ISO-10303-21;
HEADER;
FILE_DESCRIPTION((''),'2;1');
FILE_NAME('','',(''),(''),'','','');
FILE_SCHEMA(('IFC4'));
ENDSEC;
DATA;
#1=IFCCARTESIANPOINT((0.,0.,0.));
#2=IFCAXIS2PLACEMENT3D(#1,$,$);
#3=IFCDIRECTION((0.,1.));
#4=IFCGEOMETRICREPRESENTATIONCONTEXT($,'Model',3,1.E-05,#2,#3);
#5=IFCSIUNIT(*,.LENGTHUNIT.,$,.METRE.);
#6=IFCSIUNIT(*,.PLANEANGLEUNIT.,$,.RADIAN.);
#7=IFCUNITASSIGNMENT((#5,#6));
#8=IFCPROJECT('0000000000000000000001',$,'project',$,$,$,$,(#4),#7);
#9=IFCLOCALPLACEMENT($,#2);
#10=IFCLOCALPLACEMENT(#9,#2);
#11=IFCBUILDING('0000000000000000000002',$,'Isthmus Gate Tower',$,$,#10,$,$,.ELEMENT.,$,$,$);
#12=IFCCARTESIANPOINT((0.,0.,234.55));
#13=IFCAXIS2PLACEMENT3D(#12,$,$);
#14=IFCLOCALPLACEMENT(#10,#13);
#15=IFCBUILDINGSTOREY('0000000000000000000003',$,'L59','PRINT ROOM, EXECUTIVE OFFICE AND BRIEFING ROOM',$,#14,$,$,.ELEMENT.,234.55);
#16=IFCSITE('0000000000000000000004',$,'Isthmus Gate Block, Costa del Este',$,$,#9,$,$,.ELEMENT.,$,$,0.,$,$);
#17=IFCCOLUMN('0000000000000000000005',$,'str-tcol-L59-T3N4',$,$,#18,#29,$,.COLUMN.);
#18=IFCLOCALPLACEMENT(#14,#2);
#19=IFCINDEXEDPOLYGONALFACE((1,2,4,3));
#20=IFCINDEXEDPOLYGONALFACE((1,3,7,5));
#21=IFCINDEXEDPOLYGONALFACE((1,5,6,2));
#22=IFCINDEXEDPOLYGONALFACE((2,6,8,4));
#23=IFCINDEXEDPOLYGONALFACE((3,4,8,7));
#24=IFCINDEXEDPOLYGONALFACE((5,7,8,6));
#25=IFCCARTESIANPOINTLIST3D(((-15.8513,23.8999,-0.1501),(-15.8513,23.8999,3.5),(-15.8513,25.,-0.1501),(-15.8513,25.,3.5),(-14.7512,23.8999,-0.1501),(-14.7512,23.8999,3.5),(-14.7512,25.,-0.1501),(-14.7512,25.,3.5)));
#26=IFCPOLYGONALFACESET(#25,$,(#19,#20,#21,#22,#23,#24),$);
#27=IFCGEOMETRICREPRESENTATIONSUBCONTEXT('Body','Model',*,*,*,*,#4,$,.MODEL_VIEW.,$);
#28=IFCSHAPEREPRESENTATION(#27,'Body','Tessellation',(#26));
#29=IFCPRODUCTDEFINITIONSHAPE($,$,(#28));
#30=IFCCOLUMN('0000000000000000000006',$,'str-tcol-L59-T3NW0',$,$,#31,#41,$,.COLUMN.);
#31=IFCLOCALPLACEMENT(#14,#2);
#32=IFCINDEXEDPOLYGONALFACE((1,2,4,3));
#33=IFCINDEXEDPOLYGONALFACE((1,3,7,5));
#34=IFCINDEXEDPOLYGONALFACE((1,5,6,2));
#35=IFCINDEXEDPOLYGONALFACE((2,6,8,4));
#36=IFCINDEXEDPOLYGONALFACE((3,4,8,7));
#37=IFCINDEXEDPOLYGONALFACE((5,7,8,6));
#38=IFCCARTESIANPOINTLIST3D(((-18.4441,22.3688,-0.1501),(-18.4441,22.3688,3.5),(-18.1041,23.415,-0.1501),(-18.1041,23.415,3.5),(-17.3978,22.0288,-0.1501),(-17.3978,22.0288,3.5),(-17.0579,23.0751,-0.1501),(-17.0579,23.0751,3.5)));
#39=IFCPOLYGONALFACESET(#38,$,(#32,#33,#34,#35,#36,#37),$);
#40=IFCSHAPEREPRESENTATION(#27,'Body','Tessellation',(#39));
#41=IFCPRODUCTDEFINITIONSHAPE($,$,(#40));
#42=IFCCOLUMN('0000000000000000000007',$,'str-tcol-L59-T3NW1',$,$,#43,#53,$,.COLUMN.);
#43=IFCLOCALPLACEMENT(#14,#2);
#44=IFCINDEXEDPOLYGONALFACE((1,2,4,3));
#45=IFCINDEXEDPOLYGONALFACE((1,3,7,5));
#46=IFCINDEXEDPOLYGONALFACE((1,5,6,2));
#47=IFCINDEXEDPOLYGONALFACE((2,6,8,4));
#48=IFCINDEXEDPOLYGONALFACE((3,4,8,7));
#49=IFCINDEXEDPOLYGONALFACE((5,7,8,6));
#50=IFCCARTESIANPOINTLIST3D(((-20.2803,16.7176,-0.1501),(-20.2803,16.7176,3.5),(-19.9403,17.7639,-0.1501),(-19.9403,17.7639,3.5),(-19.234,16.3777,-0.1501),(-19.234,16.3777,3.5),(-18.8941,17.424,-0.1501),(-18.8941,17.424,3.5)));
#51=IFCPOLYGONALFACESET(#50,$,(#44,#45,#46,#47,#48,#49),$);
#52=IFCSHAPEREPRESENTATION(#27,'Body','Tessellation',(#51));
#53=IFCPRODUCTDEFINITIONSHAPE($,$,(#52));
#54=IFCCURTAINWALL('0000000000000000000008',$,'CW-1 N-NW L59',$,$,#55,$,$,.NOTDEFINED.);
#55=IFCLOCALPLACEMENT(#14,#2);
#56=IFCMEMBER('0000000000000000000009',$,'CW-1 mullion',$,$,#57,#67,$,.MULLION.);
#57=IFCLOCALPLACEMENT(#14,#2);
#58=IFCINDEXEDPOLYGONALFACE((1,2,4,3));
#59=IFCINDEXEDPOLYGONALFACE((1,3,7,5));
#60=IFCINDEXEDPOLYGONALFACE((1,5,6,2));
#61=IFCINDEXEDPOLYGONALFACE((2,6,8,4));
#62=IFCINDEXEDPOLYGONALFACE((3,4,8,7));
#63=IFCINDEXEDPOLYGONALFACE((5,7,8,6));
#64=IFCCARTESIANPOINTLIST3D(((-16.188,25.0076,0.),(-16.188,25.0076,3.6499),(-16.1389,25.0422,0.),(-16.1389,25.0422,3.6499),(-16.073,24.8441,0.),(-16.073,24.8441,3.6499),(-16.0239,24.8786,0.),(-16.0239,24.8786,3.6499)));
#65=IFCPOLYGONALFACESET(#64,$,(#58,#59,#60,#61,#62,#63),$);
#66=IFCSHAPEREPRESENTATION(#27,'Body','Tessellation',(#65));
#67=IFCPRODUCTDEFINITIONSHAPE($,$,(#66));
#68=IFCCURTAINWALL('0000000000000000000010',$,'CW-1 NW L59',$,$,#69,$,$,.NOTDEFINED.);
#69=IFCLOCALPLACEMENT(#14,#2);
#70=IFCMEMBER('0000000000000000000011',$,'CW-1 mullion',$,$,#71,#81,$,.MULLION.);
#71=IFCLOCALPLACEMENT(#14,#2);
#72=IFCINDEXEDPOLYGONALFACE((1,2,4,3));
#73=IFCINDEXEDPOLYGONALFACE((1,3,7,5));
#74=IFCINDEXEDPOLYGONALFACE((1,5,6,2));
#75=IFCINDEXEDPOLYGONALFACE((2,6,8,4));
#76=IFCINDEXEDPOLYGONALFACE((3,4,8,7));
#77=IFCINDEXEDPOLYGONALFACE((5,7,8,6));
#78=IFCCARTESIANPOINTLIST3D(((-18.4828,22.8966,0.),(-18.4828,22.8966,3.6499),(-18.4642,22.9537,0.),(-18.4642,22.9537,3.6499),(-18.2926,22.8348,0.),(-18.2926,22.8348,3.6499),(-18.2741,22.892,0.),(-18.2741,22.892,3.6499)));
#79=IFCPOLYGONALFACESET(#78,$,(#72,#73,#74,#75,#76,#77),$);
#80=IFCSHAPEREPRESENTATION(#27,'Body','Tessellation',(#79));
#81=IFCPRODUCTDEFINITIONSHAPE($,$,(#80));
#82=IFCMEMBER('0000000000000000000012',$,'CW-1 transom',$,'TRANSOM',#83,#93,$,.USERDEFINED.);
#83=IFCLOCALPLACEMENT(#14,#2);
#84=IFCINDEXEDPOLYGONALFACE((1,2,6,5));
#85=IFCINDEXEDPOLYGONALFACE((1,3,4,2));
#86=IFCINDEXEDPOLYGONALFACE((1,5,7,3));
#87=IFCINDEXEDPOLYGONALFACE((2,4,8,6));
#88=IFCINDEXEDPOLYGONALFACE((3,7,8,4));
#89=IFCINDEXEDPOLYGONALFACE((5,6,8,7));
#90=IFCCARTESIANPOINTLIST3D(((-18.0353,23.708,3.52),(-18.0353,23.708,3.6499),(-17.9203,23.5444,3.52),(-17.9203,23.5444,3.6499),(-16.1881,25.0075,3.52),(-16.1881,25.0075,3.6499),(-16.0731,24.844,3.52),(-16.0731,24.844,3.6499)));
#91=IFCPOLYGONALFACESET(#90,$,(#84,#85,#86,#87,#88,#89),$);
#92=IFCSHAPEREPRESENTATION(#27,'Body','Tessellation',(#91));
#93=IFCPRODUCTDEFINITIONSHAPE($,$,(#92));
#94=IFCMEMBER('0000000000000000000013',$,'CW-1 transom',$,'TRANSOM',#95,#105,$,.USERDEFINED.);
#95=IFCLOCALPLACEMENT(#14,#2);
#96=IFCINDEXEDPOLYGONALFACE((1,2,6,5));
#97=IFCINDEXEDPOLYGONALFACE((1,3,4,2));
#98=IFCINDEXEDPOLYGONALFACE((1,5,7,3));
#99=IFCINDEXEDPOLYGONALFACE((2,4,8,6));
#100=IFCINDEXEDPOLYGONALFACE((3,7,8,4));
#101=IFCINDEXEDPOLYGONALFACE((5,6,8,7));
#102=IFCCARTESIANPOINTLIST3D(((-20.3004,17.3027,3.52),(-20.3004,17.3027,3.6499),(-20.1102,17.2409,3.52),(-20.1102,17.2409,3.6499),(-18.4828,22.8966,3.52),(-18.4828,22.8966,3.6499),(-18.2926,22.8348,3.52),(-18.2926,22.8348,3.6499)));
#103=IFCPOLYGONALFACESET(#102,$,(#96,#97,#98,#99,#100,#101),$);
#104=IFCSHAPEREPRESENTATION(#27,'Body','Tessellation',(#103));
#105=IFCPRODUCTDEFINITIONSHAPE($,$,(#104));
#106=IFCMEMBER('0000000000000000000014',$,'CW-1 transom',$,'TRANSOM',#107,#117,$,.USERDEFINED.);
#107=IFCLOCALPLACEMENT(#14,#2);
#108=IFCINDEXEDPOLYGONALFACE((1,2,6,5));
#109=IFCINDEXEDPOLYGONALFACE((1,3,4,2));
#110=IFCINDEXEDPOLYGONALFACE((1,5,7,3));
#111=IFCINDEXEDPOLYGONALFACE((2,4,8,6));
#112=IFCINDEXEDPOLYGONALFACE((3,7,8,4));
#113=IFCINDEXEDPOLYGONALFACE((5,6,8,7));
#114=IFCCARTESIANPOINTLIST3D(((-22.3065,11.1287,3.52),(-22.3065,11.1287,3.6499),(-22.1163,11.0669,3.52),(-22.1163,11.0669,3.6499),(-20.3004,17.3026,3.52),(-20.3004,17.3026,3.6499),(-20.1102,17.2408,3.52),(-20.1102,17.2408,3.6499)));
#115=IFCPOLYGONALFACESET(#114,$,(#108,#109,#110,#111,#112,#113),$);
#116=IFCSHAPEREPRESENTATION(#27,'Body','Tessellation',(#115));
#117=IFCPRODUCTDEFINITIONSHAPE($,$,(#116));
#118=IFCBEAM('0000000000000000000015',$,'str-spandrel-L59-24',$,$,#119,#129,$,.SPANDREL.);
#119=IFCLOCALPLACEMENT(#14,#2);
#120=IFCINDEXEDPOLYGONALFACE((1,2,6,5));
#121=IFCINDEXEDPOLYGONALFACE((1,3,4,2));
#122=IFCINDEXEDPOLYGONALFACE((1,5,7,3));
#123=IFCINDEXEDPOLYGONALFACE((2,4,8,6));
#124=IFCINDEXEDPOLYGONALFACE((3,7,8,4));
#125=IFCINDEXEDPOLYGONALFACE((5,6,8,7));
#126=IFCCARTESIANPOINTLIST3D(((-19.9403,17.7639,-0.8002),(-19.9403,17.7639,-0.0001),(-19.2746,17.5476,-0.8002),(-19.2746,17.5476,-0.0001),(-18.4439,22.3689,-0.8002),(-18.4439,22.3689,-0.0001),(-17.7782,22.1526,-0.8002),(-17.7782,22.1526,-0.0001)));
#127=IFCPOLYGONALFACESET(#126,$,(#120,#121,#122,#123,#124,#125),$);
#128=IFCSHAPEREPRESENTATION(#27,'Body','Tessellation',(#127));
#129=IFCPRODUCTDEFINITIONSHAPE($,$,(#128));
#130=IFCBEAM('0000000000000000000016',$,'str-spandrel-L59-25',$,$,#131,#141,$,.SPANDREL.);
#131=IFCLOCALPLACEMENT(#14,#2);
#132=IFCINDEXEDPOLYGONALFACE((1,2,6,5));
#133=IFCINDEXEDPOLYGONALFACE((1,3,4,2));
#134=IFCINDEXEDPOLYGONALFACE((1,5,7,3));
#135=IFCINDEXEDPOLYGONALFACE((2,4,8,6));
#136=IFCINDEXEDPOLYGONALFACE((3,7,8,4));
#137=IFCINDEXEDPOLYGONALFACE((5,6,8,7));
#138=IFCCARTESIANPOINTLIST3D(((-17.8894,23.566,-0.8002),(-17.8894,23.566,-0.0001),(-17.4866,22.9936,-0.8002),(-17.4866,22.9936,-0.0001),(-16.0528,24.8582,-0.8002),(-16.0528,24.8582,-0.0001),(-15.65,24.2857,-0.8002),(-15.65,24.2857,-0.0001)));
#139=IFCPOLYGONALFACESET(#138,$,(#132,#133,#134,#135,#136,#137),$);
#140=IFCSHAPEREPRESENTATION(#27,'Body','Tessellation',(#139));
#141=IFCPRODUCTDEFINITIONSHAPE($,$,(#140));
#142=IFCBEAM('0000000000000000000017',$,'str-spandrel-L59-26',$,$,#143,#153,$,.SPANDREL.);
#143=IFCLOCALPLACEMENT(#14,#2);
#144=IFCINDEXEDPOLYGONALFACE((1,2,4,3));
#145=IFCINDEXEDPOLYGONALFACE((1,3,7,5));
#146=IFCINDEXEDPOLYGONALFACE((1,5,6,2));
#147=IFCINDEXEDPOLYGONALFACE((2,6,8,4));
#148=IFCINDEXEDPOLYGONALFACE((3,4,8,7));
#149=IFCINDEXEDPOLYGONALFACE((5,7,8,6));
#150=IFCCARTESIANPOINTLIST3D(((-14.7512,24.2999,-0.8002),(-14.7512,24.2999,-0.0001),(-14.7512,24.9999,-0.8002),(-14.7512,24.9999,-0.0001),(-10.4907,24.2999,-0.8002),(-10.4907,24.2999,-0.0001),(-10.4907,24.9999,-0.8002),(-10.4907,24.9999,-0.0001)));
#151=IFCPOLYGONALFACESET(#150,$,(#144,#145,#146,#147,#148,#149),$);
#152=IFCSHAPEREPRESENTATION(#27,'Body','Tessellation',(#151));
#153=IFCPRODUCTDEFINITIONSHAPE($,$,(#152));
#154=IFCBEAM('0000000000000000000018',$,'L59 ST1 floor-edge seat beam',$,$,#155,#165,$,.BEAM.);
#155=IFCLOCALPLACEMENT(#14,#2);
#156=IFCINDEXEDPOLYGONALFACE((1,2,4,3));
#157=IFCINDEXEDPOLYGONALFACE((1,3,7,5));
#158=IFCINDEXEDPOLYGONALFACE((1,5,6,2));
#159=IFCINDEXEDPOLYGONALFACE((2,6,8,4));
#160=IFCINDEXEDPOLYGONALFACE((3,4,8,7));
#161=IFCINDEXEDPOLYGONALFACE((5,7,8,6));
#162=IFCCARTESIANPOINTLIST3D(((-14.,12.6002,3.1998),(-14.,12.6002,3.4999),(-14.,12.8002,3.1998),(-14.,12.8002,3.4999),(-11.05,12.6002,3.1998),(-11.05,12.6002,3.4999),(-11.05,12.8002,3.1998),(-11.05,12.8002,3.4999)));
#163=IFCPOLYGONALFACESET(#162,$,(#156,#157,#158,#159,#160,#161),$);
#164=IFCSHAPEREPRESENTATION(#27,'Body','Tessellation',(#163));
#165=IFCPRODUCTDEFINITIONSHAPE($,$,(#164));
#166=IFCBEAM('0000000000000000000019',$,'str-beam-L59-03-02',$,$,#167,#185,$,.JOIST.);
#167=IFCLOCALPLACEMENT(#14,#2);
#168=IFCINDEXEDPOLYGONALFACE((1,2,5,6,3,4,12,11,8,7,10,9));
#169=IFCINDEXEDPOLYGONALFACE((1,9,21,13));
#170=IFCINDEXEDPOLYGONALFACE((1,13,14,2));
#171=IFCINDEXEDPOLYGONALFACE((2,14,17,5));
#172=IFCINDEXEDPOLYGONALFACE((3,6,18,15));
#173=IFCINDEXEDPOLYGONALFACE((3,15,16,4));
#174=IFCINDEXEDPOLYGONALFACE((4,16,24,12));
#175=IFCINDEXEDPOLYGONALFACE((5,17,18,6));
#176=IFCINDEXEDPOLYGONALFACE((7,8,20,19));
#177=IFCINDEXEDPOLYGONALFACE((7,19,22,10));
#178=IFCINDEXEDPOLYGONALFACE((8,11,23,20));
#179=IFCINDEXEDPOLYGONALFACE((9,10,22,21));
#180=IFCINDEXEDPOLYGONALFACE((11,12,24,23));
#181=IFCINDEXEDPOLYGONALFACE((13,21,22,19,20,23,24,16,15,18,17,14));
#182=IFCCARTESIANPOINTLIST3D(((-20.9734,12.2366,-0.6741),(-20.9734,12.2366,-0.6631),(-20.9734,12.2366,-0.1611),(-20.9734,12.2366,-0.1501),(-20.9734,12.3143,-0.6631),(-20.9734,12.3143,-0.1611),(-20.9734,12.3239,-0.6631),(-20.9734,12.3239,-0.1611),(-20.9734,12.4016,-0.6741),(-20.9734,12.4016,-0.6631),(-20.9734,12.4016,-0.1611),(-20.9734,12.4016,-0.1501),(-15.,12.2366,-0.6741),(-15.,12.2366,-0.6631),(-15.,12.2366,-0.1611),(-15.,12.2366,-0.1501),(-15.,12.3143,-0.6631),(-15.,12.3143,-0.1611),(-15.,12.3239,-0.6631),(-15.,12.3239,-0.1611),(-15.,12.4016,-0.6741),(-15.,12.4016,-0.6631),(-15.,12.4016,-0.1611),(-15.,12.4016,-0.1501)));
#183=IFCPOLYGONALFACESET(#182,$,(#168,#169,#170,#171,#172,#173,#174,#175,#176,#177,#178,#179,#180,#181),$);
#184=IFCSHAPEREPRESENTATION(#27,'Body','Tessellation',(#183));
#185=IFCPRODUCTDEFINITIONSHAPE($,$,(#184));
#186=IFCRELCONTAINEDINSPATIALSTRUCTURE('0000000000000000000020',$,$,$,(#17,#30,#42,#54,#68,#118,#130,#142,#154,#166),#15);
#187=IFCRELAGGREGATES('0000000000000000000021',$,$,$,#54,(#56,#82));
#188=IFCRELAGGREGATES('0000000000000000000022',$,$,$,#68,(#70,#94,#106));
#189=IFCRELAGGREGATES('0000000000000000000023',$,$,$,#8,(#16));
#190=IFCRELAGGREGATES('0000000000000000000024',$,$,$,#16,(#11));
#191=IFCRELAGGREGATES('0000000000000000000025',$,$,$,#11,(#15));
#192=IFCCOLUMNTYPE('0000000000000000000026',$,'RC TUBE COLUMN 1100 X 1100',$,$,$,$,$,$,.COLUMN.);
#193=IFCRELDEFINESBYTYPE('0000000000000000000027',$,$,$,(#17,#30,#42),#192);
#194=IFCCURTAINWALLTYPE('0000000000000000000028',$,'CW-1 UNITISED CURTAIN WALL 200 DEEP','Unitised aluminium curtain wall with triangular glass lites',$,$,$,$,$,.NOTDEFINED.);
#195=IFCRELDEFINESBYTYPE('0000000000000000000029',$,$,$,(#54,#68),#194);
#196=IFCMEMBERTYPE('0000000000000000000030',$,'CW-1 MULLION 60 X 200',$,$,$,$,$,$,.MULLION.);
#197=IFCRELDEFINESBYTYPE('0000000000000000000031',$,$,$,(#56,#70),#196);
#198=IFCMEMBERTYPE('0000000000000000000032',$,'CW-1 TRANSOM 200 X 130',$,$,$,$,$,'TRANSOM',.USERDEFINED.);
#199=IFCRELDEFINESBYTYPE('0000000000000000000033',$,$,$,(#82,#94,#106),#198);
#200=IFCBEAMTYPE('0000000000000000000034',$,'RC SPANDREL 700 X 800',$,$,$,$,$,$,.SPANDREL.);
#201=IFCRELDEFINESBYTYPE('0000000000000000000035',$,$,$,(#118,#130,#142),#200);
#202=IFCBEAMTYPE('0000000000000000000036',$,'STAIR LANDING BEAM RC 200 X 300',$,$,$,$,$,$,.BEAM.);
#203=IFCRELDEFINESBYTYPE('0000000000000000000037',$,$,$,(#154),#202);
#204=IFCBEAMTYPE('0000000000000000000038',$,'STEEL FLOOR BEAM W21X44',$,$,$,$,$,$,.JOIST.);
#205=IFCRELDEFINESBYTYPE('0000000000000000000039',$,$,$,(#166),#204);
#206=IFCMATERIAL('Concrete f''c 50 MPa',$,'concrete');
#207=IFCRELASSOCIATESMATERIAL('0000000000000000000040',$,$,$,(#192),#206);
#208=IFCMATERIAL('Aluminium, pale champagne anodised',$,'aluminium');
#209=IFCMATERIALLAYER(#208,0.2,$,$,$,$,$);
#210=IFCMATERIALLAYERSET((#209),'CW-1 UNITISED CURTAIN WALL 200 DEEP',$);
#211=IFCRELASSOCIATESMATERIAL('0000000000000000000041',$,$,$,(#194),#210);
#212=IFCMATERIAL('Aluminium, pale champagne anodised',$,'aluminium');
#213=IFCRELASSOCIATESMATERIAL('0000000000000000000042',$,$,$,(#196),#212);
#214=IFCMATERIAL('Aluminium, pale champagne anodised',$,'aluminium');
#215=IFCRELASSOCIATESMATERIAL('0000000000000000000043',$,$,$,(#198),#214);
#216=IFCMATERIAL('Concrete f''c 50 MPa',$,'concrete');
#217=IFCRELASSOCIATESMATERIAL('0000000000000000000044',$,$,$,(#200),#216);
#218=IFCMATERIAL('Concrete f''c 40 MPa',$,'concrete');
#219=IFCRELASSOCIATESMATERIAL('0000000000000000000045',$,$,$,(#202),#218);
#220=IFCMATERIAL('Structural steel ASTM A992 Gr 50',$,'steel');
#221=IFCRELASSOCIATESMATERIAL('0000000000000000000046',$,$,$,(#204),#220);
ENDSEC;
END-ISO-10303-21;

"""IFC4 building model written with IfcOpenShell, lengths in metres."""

from ifc_helpers import new_model, si_unit, direction, frame, origin, origin_2d, place, context, subcontext, project, spatial, rectangle, i_section, extrude, material, layer, layer_set, material_profile, profile_set, type_object, element, aggregate, save


model = new_model("IFC4")

# Units and contexts
model_context = context("Model", 3, precision=1e-05, world=origin(), true_north=direction((0.0, 1.0)))
body_context = subcontext(model_context, "Body", "Model", "MODEL_VIEW")
ifc_project = project(units=[si_unit("LENGTHUNIT", "METRE"), si_unit("PLANEANGLEUNIT", "RADIAN")], contexts=[model_context])

# Site, building, storey
site_placement = place(None, origin())
site = spatial("IfcSite", under=ifc_project, at=site_placement, Name="Isthmus Gate Block, Costa del Este", CompositionType="ELEMENT", RefElevation=0.0)
building_placement = place(site_placement, origin())
building = spatial("IfcBuilding", under=site, at=building_placement, Name="Isthmus Gate Tower", CompositionType="ELEMENT")
storey_placement = place(building_placement, frame((0.0, 0.0, 234.55)))
storey = spatial("IfcBuildingStorey", under=building, at=storey_placement, Name="L59", Description="PRINT ROOM, EXECUTIVE OFFICE AND BRIEFING ROOM", CompositionType="ELEMENT", Elevation=234.55)

# Columns
ifc_material_1 = material(Name="Concrete f'c 50 MPa", Category="concrete")
ifc_material_profile_1 = material_profile(ifc_material_1, rectangle(XDim=1.1001, YDim=1.1001, at=origin_2d()), Name="RC 1100X1100")
ifc_profile_set_1 = profile_set([ifc_material_profile_1], Name="Concrete f'c 50 MPa")
column_type = type_object("IfcColumnType", Name="RC TUBE COLUMN 1100 X 1100", PredefinedType="COLUMN", material=ifc_profile_set_1)
for number, where, z_axis, x_axis, name in (
    (1, (-15.3013, 24.45, -0.1501), (0.0, 0.0, 1.0), (-1.0, 0.0, 0.0), "str-tcol-L59-T3N4"),
    (2, (-17.751, 22.7219, -0.1501), (0.0, 0.0, 1.0), (-0.309017, -0.951057, 0.0), "str-tcol-L59-T3NW0"),
    (3, (-19.5872, 17.0708, -0.1501), (0.0, 0.0, 1.0), (-0.309017, -0.951057, 0.0), "str-tcol-L59-T3NW1"),
):
    element("IfcColumn", number, at=place(storey_placement, frame(where, z_axis=z_axis, x_axis=x_axis)), inside=storey, type_object=column_type, Name=name, PredefinedType="COLUMN", context=body_context, shape_type="SweptSolid", body=[
        extrude(rectangle(XDim=1.1001, YDim=1.1001, at=origin_2d()), origin(), (0.0, 0.0, 1.0), 3.6501),
    ])

# Curtain walls, members
ifc_material_2 = material(Name="Aluminium, pale champagne anodised", Category="aluminium")
ifc_layer_1 = layer(ifc_material_2, 0.2)
ifc_layer_set_1 = layer_set([ifc_layer_1], Name="CW-1 UNITISED CURTAIN WALL 200 DEEP")
curtain_wall_type = type_object("IfcCurtainWallType", Name="CW-1 UNITISED CURTAIN WALL 200 DEEP", Description="Unitised aluminium curtain wall with triangular glass lites", PredefinedType="NOTDEFINED", material=ifc_layer_set_1)
curtain_wall_1_placement = place(storey_placement, origin())
curtain_wall_1 = element("IfcCurtainWall", 4, at=curtain_wall_1_placement, inside=storey, type_object=curtain_wall_type, Name="CW-1 N-NW L59", PredefinedType="NOTDEFINED")
ifc_material_3 = material(Name="Aluminium, pale champagne anodised", Category="aluminium")
ifc_material_profile_2 = material_profile(ifc_material_3, rectangle(XDim=0.0601, YDim=0.2, at=origin_2d()), Name="60x200")
ifc_profile_set_2 = profile_set([ifc_material_profile_2], Name="Aluminium, pale champagne anodised")
member_type_1 = type_object("IfcMemberType", Name="CW-1 MULLION 60 X 200", PredefinedType="MULLION", material=ifc_profile_set_2)
member_1_placement = place(storey_placement, frame((-16.106, 24.9431, 0.0), z_axis=(0.0, 0.0, 1.0), x_axis=(-0.81786, -0.575418, 0.0)))
member_1 = element("IfcMember", 5, at=member_1_placement, type_object=member_type_1, Name="CW-1 mullion", PredefinedType="MULLION", context=body_context, shape_type="SweptSolid", body=[
    extrude(rectangle(XDim=0.0601, YDim=0.2, at=origin_2d()), origin(), (0.0, 0.0, 1.0), 3.6499),
])
curtain_wall_2_placement = place(storey_placement, origin())
curtain_wall_2 = element("IfcCurtainWall", 6, at=curtain_wall_2_placement, inside=storey, type_object=curtain_wall_type, Name="CW-1 NW L59", PredefinedType="NOTDEFINED")
member_2_placement = place(storey_placement, frame((-18.3784, 22.8943, 0.0), z_axis=(0.0, 0.0, 1.0), x_axis=(-0.309017, -0.951057, 0.0)))
member_2 = element("IfcMember", 7, at=member_2_placement, type_object=member_type_1, Name="CW-1 mullion", PredefinedType="MULLION", context=body_context, shape_type="SweptSolid", body=[
    extrude(rectangle(XDim=0.0601, YDim=0.2, at=origin_2d()), origin(), (0.0, 0.0, 1.0), 3.6499),
])

# Members
ifc_material_4 = material(Name="Aluminium, pale champagne anodised", Category="aluminium")
ifc_material_profile_3 = material_profile(ifc_material_4, rectangle(XDim=0.2, YDim=0.1299, at=origin_2d()), Name="200x130")
ifc_profile_set_3 = profile_set([ifc_material_profile_3], Name="Aluminium, pale champagne anodised")
member_type_2 = type_object("IfcMemberType", Name="CW-1 TRANSOM 200 X 130", ElementType="TRANSOM", PredefinedType="USERDEFINED", material=ifc_profile_set_3)
member_3_placement = place(storey_placement, frame((-16.1306, 24.9258, 3.585), z_axis=(-0.817869, -0.575405, 0.0), x_axis=(0.575405, -0.817869, 0.0)))
member_3 = element("IfcMember", 8, at=member_3_placement, type_object=member_type_2, Name="CW-1 transom", ObjectType="TRANSOM", PredefinedType="USERDEFINED", context=body_context, shape_type="SweptSolid", body=[
    extrude(rectangle(XDim=0.2, YDim=0.1299, at=origin_2d()), origin(), (0.0, 0.0, 1.0), 2.2585),
])
member_4_placement = place(storey_placement, frame((-18.3877, 22.8657, 3.585), z_axis=(-0.309021, -0.951055, 0.0), x_axis=(0.951055, -0.309021, 0.0)))
member_4 = element("IfcMember", 9, at=member_4_placement, type_object=member_type_2, Name="CW-1 transom", ObjectType="TRANSOM", PredefinedType="USERDEFINED", context=body_context, shape_type="SweptSolid", body=[
    extrude(rectangle(XDim=0.2, YDim=0.1299, at=origin_2d()), origin(), (0.0, 0.0, 1.0), 5.8818),
])
member_5_placement = place(storey_placement, frame((-20.2053, 17.2717, 3.585), z_axis=(-0.309021, -0.951055, 0.0), x_axis=(0.951055, -0.309021, 0.0)))
member_5 = element("IfcMember", 10, at=member_5_placement, type_object=member_type_2, Name="CW-1 transom", ObjectType="TRANSOM", PredefinedType="USERDEFINED", context=body_context, shape_type="SweptSolid", body=[
    extrude(rectangle(XDim=0.2, YDim=0.1299, at=origin_2d()), origin(), (0.0, 0.0, 1.0), 6.4917),
])

# Beams
ifc_material_5 = material(Name="Concrete f'c 50 MPa", Category="concrete")
ifc_material_profile_4 = material_profile(ifc_material_5, rectangle(XDim=0.7, YDim=0.8, at=origin_2d()), Name="RC 700X800")
ifc_profile_set_4 = profile_set([ifc_material_profile_4], Name="Concrete f'c 50 MPa")
beam_type_1 = type_object("IfcBeamType", Name="RC SPANDREL 700 X 800", PredefinedType="SPANDREL", material=ifc_profile_set_4)
beam_1_placement = place(storey_placement, frame((-19.6074, 17.6558, -0.4001), z_axis=(0.309034, 0.951051, 0.0), x_axis=(-0.951051, 0.309034, 0.0)))
element("IfcBeam", 11, at=beam_1_placement, inside=storey, type_object=beam_type_1, Name="str-spandrel-L59-24", PredefinedType="SPANDREL", context=body_context, shape_type="SweptSolid", body=[
    extrude(rectangle(XDim=0.7, YDim=0.8, at=origin_2d()), origin(), (0.0, 0.0, 1.0), 4.842),
])
beam_2_placement = place(storey_placement, frame((-17.688, 23.2798, -0.4001), z_axis=(0.817856, 0.575423, 0.0), x_axis=(-0.575423, 0.817856, 0.0)))
element("IfcBeam", 12, at=beam_2_placement, inside=storey, type_object=beam_type_1, Name="str-spandrel-L59-25", PredefinedType="SPANDREL", context=body_context, shape_type="SweptSolid", body=[
    extrude(rectangle(XDim=0.7, YDim=0.8, at=origin_2d()), origin(), (0.0, 0.0, 1.0), 2.2456),
])
beam_3_placement = place(storey_placement, frame((-14.7512, 24.6499, -0.4001), z_axis=(1.0, 0.0, 0.0), x_axis=(0.0, 1.0, 0.0)))
element("IfcBeam", 13, at=beam_3_placement, inside=storey, type_object=beam_type_1, Name="str-spandrel-L59-26", PredefinedType="SPANDREL", context=body_context, shape_type="SweptSolid", body=[
    extrude(rectangle(XDim=0.7, YDim=0.8, at=origin_2d()), origin(), (0.0, 0.0, 1.0), 4.2605),
])
ifc_material_6 = material(Name="Concrete f'c 40 MPa", Category="concrete")
ifc_material_profile_5 = material_profile(ifc_material_6, rectangle(XDim=0.2, YDim=0.3, at=origin_2d()), Name="STAIR LANDING BEAM RC 200 X 300")
ifc_profile_set_5 = profile_set([ifc_material_profile_5], Name="Concrete f'c 40 MPa")
beam_type_2 = type_object("IfcBeamType", Name="STAIR LANDING BEAM RC 200 X 300", PredefinedType="BEAM", material=ifc_profile_set_5)
beam_4_placement = place(storey_placement, frame((-14.0, 12.7002, 3.3499), z_axis=(1.0, 0.0, 0.0), x_axis=(0.0, 1.0, 0.0)))
element("IfcBeam", 14, at=beam_4_placement, inside=storey, type_object=beam_type_2, Name="L59 ST1 floor-edge seat beam", PredefinedType="BEAM", context=body_context, shape_type="SweptSolid", body=[
    extrude(rectangle(XDim=0.2, YDim=0.3, at=origin_2d()), origin(), (0.0, 0.0, 1.0), 2.95),
])
ifc_material_7 = material(Name="Structural steel ASTM A992 Gr 50", Category="steel")
ifc_material_profile_6 = material_profile(ifc_material_7, i_section(OverallWidth=0.165, OverallDepth=0.5239, WebThickness=0.0095, FlangeThickness=0.011, at=origin_2d()), Name="W21X44")
ifc_profile_set_6 = profile_set([ifc_material_profile_6], Name="Structural steel ASTM A992 Gr 50")
beam_type_3 = type_object("IfcBeamType", Name="STEEL FLOOR BEAM W21X44", PredefinedType="JOIST", material=ifc_profile_set_6)
beam_5_placement = place(storey_placement, frame((-20.9734, 12.3191, -0.4121), z_axis=(1.0, 0.0, 0.0), x_axis=(0.0, 1.0, 0.0)))
element("IfcBeam", 15, at=beam_5_placement, inside=storey, type_object=beam_type_3, Name="str-beam-L59-03-02", PredefinedType="JOIST", context=body_context, shape_type="SweptSolid", body=[
    extrude(i_section(OverallWidth=0.165, OverallDepth=0.5239, WebThickness=0.0095, FlangeThickness=0.011, at=origin_2d()), origin(), (0.0, 0.0, 1.0), 5.9734),
])

aggregate(curtain_wall_1, [member_1, member_3])

aggregate(curtain_wall_2, [member_2, member_4, member_5])

save(model, "model.ifc")
